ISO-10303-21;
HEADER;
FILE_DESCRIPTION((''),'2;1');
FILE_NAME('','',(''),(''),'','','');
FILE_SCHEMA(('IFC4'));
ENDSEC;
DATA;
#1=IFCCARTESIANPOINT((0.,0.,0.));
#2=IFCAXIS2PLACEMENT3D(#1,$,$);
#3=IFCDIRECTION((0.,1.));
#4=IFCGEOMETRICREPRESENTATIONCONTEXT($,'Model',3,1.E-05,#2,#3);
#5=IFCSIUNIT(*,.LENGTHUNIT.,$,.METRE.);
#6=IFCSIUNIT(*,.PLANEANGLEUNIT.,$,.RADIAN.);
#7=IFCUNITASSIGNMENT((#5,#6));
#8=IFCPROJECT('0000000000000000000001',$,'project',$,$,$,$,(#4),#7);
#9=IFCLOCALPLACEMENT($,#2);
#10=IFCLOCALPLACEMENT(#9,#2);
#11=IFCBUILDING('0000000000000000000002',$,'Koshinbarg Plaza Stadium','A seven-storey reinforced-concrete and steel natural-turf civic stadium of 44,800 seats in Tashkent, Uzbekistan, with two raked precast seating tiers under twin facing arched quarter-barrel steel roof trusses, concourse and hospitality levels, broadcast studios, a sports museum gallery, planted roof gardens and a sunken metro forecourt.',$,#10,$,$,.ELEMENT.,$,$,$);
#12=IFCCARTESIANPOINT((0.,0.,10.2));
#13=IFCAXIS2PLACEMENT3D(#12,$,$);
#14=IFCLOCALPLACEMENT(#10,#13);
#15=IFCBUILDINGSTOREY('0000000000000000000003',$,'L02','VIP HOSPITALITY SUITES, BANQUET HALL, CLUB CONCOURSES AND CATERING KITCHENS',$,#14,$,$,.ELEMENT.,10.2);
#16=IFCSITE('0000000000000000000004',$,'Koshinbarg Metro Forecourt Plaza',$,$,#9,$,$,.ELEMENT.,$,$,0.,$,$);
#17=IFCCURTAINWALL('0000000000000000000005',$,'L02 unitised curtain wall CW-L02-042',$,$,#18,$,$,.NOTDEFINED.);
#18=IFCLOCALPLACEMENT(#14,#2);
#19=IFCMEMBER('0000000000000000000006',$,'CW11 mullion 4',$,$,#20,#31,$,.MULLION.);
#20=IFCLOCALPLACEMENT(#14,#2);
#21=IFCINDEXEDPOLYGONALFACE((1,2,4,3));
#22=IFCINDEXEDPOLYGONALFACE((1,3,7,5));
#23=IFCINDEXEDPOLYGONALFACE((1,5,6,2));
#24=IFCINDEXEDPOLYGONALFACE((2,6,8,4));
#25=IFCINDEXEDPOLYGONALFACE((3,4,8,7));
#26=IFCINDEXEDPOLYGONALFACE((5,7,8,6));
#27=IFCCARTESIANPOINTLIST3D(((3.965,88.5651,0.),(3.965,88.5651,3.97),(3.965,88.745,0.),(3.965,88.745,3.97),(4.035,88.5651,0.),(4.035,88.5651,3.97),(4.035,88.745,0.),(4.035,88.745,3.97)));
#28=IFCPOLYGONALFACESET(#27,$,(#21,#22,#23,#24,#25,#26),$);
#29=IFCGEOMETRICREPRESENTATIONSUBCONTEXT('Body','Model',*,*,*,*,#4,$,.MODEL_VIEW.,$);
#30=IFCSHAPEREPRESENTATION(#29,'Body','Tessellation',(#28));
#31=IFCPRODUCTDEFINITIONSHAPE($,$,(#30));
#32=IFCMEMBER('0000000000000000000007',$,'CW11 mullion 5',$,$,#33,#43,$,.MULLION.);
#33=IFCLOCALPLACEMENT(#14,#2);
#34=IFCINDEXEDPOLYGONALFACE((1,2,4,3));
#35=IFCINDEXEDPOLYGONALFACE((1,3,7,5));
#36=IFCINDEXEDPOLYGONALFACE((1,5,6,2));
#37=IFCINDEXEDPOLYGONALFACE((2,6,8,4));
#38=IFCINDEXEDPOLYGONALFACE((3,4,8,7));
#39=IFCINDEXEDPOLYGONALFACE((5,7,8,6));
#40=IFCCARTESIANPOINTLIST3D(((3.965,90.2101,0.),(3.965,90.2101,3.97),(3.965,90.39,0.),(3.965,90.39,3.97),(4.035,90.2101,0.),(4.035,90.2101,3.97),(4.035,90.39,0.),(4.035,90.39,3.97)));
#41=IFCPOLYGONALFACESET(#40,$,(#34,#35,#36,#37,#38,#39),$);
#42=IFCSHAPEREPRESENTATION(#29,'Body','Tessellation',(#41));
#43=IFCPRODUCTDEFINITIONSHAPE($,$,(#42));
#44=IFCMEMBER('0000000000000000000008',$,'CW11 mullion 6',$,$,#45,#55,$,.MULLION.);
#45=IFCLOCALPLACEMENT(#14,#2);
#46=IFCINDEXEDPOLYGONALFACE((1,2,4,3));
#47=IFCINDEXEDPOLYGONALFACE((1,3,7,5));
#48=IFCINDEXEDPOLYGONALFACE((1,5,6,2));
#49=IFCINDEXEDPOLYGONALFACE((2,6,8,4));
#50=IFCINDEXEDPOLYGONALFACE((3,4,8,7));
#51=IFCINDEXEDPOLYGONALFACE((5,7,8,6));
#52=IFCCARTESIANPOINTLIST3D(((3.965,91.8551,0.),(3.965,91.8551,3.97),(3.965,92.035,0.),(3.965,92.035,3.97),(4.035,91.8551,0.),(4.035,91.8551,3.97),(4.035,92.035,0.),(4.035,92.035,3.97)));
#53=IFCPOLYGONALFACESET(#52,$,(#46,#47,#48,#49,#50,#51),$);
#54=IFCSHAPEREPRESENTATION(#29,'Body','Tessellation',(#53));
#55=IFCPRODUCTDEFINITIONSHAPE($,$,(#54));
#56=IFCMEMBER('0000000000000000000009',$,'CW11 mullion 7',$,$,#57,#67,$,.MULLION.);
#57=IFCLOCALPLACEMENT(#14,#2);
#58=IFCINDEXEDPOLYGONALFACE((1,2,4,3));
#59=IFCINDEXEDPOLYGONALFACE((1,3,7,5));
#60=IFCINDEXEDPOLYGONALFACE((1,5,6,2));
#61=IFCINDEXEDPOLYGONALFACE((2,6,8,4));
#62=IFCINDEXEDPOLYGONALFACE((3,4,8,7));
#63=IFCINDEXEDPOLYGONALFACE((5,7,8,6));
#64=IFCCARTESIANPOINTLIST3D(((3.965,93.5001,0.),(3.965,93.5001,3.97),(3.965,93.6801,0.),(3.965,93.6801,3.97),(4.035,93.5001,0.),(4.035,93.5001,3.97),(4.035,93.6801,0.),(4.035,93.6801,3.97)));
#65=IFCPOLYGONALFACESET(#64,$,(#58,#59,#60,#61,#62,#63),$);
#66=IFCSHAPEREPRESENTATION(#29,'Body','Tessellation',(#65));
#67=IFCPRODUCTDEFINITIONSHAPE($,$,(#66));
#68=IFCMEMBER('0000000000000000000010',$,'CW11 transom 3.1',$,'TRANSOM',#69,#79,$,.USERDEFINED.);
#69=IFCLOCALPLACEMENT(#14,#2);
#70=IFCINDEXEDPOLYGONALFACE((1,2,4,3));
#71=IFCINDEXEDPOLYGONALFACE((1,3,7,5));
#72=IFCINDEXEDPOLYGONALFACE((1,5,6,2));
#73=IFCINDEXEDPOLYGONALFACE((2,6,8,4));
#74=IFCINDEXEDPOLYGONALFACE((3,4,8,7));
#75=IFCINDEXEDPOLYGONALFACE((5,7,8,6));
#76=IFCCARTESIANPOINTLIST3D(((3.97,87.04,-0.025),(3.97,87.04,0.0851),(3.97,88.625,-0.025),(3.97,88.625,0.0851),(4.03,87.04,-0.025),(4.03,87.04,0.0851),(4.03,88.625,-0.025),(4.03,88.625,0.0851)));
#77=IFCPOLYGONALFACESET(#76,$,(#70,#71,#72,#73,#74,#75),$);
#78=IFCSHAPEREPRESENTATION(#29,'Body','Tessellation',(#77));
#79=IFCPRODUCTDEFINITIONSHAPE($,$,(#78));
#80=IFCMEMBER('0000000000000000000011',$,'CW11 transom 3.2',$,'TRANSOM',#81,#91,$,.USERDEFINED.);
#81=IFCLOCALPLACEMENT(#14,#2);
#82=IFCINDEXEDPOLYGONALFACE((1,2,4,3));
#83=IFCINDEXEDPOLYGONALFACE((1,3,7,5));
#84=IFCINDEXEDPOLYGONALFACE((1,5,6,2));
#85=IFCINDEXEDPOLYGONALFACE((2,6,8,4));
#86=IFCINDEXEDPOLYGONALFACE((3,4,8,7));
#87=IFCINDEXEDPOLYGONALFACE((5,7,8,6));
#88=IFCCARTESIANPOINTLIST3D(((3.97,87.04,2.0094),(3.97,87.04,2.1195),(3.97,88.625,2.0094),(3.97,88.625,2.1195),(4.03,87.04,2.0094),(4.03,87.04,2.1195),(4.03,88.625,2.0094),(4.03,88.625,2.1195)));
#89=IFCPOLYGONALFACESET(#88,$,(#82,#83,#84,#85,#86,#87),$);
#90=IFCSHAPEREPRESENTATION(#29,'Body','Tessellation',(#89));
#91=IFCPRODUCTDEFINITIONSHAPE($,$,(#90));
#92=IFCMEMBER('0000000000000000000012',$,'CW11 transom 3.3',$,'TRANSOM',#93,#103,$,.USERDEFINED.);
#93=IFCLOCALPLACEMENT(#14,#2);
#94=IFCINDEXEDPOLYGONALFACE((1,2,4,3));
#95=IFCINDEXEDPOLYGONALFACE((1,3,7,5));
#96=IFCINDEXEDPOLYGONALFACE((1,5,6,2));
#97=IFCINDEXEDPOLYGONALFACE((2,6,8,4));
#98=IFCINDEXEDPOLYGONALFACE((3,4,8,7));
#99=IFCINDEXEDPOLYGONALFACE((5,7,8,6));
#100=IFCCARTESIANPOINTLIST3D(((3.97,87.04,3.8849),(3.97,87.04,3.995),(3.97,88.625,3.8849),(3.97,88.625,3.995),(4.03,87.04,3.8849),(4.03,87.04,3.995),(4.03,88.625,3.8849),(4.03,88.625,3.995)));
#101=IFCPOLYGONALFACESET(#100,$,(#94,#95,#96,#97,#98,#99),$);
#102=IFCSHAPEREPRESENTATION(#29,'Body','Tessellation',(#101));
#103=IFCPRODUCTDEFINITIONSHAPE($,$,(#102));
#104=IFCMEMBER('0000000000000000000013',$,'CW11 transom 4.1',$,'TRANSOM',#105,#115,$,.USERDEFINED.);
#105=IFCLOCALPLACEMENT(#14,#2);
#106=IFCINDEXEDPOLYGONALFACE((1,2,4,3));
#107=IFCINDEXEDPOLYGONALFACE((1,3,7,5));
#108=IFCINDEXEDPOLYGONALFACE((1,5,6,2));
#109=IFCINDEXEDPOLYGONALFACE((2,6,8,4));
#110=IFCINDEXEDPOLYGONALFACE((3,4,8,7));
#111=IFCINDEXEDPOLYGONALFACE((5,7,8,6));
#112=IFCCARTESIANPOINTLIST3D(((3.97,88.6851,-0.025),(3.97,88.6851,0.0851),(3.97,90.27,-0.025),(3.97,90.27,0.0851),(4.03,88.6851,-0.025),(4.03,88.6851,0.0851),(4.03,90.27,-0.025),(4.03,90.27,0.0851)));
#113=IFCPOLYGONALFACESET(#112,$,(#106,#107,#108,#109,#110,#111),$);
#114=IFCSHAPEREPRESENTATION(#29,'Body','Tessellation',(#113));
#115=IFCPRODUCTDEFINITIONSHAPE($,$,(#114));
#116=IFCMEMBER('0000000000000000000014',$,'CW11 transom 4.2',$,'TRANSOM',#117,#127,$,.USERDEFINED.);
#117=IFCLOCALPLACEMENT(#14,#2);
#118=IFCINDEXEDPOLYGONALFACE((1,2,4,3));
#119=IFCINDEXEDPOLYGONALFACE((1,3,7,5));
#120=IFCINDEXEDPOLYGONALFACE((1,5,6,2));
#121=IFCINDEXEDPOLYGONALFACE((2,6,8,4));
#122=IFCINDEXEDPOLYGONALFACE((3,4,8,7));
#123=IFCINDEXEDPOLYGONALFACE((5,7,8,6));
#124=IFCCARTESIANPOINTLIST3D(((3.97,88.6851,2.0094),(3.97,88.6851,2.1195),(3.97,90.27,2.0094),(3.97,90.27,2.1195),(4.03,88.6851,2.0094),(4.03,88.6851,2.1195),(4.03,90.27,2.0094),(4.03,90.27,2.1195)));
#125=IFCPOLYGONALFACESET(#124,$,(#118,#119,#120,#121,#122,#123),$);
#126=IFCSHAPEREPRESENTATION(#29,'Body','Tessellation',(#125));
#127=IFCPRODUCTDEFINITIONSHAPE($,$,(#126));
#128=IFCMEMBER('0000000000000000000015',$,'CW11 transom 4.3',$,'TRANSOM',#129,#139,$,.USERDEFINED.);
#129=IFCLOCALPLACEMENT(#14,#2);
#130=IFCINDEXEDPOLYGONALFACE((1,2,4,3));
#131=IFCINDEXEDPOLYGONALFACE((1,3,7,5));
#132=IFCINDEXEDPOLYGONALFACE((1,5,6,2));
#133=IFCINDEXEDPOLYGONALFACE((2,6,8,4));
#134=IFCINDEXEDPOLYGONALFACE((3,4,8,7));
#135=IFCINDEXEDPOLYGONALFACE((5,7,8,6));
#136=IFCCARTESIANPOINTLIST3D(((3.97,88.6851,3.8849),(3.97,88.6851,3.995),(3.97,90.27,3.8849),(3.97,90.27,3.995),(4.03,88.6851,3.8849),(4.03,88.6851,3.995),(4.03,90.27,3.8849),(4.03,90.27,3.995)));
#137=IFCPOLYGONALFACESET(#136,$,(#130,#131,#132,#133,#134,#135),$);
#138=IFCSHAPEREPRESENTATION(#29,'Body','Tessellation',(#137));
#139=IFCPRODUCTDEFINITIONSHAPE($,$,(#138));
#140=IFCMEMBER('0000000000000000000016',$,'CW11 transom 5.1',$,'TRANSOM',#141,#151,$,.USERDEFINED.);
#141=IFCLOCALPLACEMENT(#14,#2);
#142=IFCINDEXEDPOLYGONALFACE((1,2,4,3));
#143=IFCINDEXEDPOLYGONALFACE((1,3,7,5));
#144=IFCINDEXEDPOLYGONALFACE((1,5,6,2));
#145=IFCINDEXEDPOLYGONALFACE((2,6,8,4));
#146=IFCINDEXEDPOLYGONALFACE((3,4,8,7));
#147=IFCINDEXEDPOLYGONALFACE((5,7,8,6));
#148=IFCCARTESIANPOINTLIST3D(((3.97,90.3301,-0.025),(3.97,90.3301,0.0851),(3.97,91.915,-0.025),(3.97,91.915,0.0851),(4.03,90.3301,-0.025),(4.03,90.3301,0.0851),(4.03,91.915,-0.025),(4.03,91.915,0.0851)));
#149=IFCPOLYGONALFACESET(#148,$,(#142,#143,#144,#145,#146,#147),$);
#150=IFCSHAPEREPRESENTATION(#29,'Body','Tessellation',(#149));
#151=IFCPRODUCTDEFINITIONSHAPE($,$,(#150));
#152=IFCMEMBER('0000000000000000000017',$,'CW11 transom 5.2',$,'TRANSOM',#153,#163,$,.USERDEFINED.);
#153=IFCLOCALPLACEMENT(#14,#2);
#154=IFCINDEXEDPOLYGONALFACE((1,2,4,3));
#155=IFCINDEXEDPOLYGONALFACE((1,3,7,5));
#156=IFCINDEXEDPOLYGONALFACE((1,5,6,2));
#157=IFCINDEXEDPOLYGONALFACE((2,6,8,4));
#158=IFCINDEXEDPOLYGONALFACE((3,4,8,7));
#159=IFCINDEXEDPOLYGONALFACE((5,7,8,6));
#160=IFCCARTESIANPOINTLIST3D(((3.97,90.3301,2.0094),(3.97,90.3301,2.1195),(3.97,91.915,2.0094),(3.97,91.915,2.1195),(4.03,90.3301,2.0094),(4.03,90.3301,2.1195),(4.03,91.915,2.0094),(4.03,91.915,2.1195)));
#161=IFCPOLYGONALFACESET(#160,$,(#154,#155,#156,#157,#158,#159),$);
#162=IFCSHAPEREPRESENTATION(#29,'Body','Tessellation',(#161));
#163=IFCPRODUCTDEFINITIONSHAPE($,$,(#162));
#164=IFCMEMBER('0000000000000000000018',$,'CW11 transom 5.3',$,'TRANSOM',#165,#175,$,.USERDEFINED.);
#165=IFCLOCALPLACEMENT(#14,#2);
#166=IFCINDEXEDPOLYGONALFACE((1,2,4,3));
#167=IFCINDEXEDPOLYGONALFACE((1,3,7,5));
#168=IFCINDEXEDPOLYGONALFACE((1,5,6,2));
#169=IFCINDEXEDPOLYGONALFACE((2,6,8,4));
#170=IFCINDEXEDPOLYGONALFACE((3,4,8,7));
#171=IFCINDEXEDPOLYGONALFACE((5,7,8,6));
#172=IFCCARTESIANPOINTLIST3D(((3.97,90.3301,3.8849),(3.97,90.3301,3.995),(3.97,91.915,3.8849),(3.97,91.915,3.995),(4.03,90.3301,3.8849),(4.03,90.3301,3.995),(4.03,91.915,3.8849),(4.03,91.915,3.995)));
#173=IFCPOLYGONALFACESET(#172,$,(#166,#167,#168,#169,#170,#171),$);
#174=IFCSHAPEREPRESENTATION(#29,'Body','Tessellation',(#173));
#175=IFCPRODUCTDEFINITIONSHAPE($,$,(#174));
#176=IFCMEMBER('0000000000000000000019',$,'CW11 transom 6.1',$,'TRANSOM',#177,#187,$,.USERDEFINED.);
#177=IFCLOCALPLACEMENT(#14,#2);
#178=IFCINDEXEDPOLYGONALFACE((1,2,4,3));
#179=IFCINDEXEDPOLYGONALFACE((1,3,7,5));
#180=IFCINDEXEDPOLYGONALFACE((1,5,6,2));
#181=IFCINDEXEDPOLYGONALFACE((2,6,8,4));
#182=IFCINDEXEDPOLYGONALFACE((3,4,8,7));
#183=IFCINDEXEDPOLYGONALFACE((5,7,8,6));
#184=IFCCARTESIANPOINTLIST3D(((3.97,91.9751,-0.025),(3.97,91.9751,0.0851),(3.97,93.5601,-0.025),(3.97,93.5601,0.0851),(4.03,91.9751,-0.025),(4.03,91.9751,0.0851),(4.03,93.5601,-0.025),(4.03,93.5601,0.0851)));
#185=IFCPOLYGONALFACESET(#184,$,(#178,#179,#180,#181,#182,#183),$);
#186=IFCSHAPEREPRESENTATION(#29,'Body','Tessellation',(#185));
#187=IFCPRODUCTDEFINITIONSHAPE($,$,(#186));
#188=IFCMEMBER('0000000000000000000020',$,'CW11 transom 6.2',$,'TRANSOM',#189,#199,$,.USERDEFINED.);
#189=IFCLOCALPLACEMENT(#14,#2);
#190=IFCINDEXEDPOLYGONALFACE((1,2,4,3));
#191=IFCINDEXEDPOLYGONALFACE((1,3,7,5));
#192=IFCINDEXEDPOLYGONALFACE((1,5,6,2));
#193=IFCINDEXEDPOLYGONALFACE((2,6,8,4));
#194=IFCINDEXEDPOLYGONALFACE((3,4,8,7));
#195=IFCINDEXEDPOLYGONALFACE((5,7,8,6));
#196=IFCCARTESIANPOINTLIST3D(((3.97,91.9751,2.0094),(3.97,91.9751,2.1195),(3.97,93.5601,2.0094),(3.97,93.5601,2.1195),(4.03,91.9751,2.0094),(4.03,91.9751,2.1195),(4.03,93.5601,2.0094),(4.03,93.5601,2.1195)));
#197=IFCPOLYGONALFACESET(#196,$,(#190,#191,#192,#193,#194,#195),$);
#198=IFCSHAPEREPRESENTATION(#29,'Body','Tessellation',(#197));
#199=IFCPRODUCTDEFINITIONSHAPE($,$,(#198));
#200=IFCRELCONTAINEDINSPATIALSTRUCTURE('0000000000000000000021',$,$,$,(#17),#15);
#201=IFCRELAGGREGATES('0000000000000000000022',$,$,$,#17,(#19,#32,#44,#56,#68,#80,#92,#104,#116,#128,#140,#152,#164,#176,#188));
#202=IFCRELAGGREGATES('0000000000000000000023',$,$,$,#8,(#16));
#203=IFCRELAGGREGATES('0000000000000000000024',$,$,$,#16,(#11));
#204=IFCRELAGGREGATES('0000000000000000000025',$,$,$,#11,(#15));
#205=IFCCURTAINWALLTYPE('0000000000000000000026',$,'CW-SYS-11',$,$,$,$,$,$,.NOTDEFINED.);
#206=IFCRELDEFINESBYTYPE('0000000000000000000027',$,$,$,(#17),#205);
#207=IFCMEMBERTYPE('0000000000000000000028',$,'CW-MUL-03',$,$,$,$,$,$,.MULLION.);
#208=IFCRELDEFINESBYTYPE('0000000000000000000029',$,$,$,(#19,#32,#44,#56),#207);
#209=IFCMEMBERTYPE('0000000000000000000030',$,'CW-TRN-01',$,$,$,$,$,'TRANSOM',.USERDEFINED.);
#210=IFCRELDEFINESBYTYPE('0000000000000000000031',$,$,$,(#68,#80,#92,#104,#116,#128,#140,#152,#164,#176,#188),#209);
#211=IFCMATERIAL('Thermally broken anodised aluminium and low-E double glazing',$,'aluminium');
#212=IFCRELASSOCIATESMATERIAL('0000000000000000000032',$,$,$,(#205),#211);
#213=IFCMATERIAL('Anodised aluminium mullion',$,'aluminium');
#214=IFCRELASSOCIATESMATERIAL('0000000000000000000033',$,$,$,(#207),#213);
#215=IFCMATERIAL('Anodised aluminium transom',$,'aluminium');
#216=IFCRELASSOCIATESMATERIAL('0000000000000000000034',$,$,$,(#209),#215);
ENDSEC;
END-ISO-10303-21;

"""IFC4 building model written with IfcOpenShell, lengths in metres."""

from ifc_helpers import new_model, si_unit, direction, frame, origin, origin_2d, place, context, subcontext, project, spatial, rectangle, extrude, material, material_profile, profile_set, type_object, element, aggregate, save


model = new_model("IFC4")

# Units and contexts
model_context = context("Model", 3, precision=1e-05, world=origin(), true_north=direction((0.0, 1.0)))
body_context = subcontext(model_context, "Body", "Model", "MODEL_VIEW")
ifc_project = project(units=[si_unit("LENGTHUNIT", "METRE"), si_unit("PLANEANGLEUNIT", "RADIAN")], contexts=[model_context])

# Site, building, storey
site_placement = place(None, origin())
site = spatial("IfcSite", under=ifc_project, at=site_placement, Name="Koshinbarg Metro Forecourt Plaza", CompositionType="ELEMENT", RefElevation=0.0)
building_placement = place(site_placement, origin())
building = spatial("IfcBuilding", under=site, at=building_placement, Name="Koshinbarg Plaza Stadium", Description="A seven-storey reinforced-concrete and steel natural-turf civic stadium of 44,800 seats in Tashkent, Uzbekistan, with two raked precast seating tiers under twin facing arched quarter-barrel steel roof trusses, concourse and hospitality levels, broadcast studios, a sports museum gallery, planted roof gardens and a sunken metro forecourt.", CompositionType="ELEMENT")
storey_placement = place(building_placement, frame((0.0, 0.0, 10.2)))
storey = spatial("IfcBuildingStorey", under=building, at=storey_placement, Name="L02", Description="VIP HOSPITALITY SUITES, BANQUET HALL, CLUB CONCOURSES AND CATERING KITCHENS", CompositionType="ELEMENT", Elevation=10.2)

# Curtain wall, members
ifc_material_1 = material(Name="Thermally broken anodised aluminium and low-E double glazing", Category="aluminium")
curtain_wall_type = type_object("IfcCurtainWallType", Name="CW-SYS-11", PredefinedType="NOTDEFINED", material=ifc_material_1)
curtain_wall_placement = place(storey_placement, origin())
curtain_wall = element("IfcCurtainWall", 1, at=curtain_wall_placement, inside=storey, type_object=curtain_wall_type, Name="L02 unitised curtain wall CW-L02-042", PredefinedType="NOTDEFINED")
ifc_material_2 = material(Name="Anodised aluminium mullion", Category="aluminium")
ifc_material_profile_1 = material_profile(ifc_material_2, rectangle(XDim=0.0701, YDim=0.1799, at=origin_2d()), Name="ALU 70x180")
ifc_profile_set_1 = profile_set([ifc_material_profile_1], Name="Anodised aluminium mullion")
member_type_1 = type_object("IfcMemberType", Name="CW-MUL-03", PredefinedType="MULLION", material=ifc_profile_set_1)
member_1_placement = place(storey_placement, frame((4.0, 88.655, 0.0), z_axis=(0.0, 0.0, 1.0), x_axis=(-1.0, 0.0, 0.0)))
member_1 = element("IfcMember", 2, at=member_1_placement, type_object=member_type_1, Name="CW11 mullion 4", PredefinedType="MULLION", context=body_context, shape_type="SweptSolid", body=[
    extrude(rectangle(XDim=0.0701, YDim=0.1799, at=origin_2d()), origin(), (0.0, 0.0, 1.0), 3.97),
])
member_2_placement = place(storey_placement, frame((4.0, 90.3, 0.0), z_axis=(0.0, 0.0, 1.0), x_axis=(-1.0, 0.0, 0.0)))
member_2 = element("IfcMember", 3, at=member_2_placement, type_object=member_type_1, Name="CW11 mullion 5", PredefinedType="MULLION", context=body_context, shape_type="SweptSolid", body=[
    extrude(rectangle(XDim=0.0701, YDim=0.1799, at=origin_2d()), origin(), (0.0, 0.0, 1.0), 3.97),
])
member_3_placement = place(storey_placement, frame((4.0, 91.9451, 0.0), z_axis=(0.0, 0.0, 1.0), x_axis=(-1.0, 0.0, 0.0)))
member_3 = element("IfcMember", 4, at=member_3_placement, type_object=member_type_1, Name="CW11 mullion 6", PredefinedType="MULLION", context=body_context, shape_type="SweptSolid", body=[
    extrude(rectangle(XDim=0.0701, YDim=0.1799, at=origin_2d()), origin(), (0.0, 0.0, 1.0), 3.97),
])
member_4_placement = place(storey_placement, frame((4.0, 93.5901, 0.0), z_axis=(0.0, 0.0, 1.0), x_axis=(-1.0, 0.0, 0.0)))
member_4 = element("IfcMember", 5, at=member_4_placement, type_object=member_type_1, Name="CW11 mullion 7", PredefinedType="MULLION", context=body_context, shape_type="SweptSolid", body=[
    extrude(rectangle(XDim=0.0701, YDim=0.1799, at=origin_2d()), origin(), (0.0, 0.0, 1.0), 3.97),
])
ifc_material_3 = material(Name="Anodised aluminium transom", Category="aluminium")
ifc_material_profile_2 = material_profile(ifc_material_3, rectangle(XDim=0.0601, YDim=0.1101, at=origin_2d()), Name="ALU 60x110")
ifc_profile_set_2 = profile_set([ifc_material_profile_2], Name="Anodised aluminium transom")
member_type_2 = type_object("IfcMemberType", Name="CW-TRN-01", ElementType="TRANSOM", PredefinedType="USERDEFINED", material=ifc_profile_set_2)
member_5_placement = place(storey_placement, frame((4.0, 87.04, 0.03), z_axis=(0.0, 1.0, 0.0), x_axis=(-1.0, 0.0, 0.0)))
member_5 = element("IfcMember", 6, at=member_5_placement, type_object=member_type_2, Name="CW11 transom 3.1", ObjectType="TRANSOM", PredefinedType="USERDEFINED", context=body_context, shape_type="SweptSolid", body=[
    extrude(rectangle(XDim=0.0601, YDim=0.1101, at=origin_2d()), origin(), (0.0, 0.0, 1.0), 1.585),
])
member_6_placement = place(storey_placement, frame((4.0, 87.04, 2.0645), z_axis=(0.0, 1.0, 0.0), x_axis=(-1.0, 0.0, 0.0)))
member_6 = element("IfcMember", 7, at=member_6_placement, type_object=member_type_2, Name="CW11 transom 3.2", ObjectType="TRANSOM", PredefinedType="USERDEFINED", context=body_context, shape_type="SweptSolid", body=[
    extrude(rectangle(XDim=0.0601, YDim=0.1101, at=origin_2d()), origin(), (0.0, 0.0, 1.0), 1.585),
])
member_7_placement = place(storey_placement, frame((4.0, 87.04, 3.9399), z_axis=(0.0, 1.0, 0.0), x_axis=(-1.0, 0.0, 0.0)))
member_7 = element("IfcMember", 8, at=member_7_placement, type_object=member_type_2, Name="CW11 transom 3.3", ObjectType="TRANSOM", PredefinedType="USERDEFINED", context=body_context, shape_type="SweptSolid", body=[
    extrude(rectangle(XDim=0.0601, YDim=0.1101, at=origin_2d()), origin(), (0.0, 0.0, 1.0), 1.585),
])
member_8_placement = place(storey_placement, frame((4.0, 88.6851, 0.03), z_axis=(0.0, 1.0, 0.0), x_axis=(-1.0, 0.0, 0.0)))
member_8 = element("IfcMember", 9, at=member_8_placement, type_object=member_type_2, Name="CW11 transom 4.1", ObjectType="TRANSOM", PredefinedType="USERDEFINED", context=body_context, shape_type="SweptSolid", body=[
    extrude(rectangle(XDim=0.0601, YDim=0.1101, at=origin_2d()), origin(), (0.0, 0.0, 1.0), 1.585),
])
member_9_placement = place(storey_placement, frame((4.0, 88.6851, 2.0645), z_axis=(0.0, 1.0, 0.0), x_axis=(-1.0, 0.0, 0.0)))
member_9 = element("IfcMember", 10, at=member_9_placement, type_object=member_type_2, Name="CW11 transom 4.2", ObjectType="TRANSOM", PredefinedType="USERDEFINED", context=body_context, shape_type="SweptSolid", body=[
    extrude(rectangle(XDim=0.0601, YDim=0.1101, at=origin_2d()), origin(), (0.0, 0.0, 1.0), 1.585),
])
member_10_placement = place(storey_placement, frame((4.0, 88.6851, 3.9399), z_axis=(0.0, 1.0, 0.0), x_axis=(-1.0, 0.0, 0.0)))
member_10 = element("IfcMember", 11, at=member_10_placement, type_object=member_type_2, Name="CW11 transom 4.3", ObjectType="TRANSOM", PredefinedType="USERDEFINED", context=body_context, shape_type="SweptSolid", body=[
    extrude(rectangle(XDim=0.0601, YDim=0.1101, at=origin_2d()), origin(), (0.0, 0.0, 1.0), 1.585),
])
member_11_placement = place(storey_placement, frame((4.0, 90.3301, 0.03), z_axis=(0.0, 1.0, 0.0), x_axis=(-1.0, 0.0, 0.0)))
member_11 = element("IfcMember", 12, at=member_11_placement, type_object=member_type_2, Name="CW11 transom 5.1", ObjectType="TRANSOM", PredefinedType="USERDEFINED", context=body_context, shape_type="SweptSolid", body=[
    extrude(rectangle(XDim=0.0601, YDim=0.1101, at=origin_2d()), origin(), (0.0, 0.0, 1.0), 1.585),
])
member_12_placement = place(storey_placement, frame((4.0, 90.3301, 2.0645), z_axis=(0.0, 1.0, 0.0), x_axis=(-1.0, 0.0, 0.0)))
member_12 = element("IfcMember", 13, at=member_12_placement, type_object=member_type_2, Name="CW11 transom 5.2", ObjectType="TRANSOM", PredefinedType="USERDEFINED", context=body_context, shape_type="SweptSolid", body=[
    extrude(rectangle(XDim=0.0601, YDim=0.1101, at=origin_2d()), origin(), (0.0, 0.0, 1.0), 1.585),
])
member_13_placement = place(storey_placement, frame((4.0, 90.3301, 3.9399), z_axis=(0.0, 1.0, 0.0), x_axis=(-1.0, 0.0, 0.0)))
member_13 = element("IfcMember", 14, at=member_13_placement, type_object=member_type_2, Name="CW11 transom 5.3", ObjectType="TRANSOM", PredefinedType="USERDEFINED", context=body_context, shape_type="SweptSolid", body=[
    extrude(rectangle(XDim=0.0601, YDim=0.1101, at=origin_2d()), origin(), (0.0, 0.0, 1.0), 1.585),
])
member_14_placement = place(storey_placement, frame((4.0, 91.9751, 0.03), z_axis=(0.0, 1.0, 0.0), x_axis=(-1.0, 0.0, 0.0)))
member_14 = element("IfcMember", 15, at=member_14_placement, type_object=member_type_2, Name="CW11 transom 6.1", ObjectType="TRANSOM", PredefinedType="USERDEFINED", context=body_context, shape_type="SweptSolid", body=[
    extrude(rectangle(XDim=0.0601, YDim=0.1101, at=origin_2d()), origin(), (0.0, 0.0, 1.0), 1.585),
])
member_15_placement = place(storey_placement, frame((4.0, 91.9751, 2.0645), z_axis=(0.0, 1.0, 0.0), x_axis=(-1.0, 0.0, 0.0)))
member_15 = element("IfcMember", 16, at=member_15_placement, type_object=member_type_2, Name="CW11 transom 6.2", ObjectType="TRANSOM", PredefinedType="USERDEFINED", context=body_context, shape_type="SweptSolid", body=[
    extrude(rectangle(XDim=0.0601, YDim=0.1101, at=origin_2d()), origin(), (0.0, 0.0, 1.0), 1.585),
])
aggregate(curtain_wall, [member_1, member_2, member_3, member_4, member_5, member_6, member_7, member_8, member_9, member_10, member_11, member_12, member_13, member_14, member_15])

save(model, "model.ifc")
